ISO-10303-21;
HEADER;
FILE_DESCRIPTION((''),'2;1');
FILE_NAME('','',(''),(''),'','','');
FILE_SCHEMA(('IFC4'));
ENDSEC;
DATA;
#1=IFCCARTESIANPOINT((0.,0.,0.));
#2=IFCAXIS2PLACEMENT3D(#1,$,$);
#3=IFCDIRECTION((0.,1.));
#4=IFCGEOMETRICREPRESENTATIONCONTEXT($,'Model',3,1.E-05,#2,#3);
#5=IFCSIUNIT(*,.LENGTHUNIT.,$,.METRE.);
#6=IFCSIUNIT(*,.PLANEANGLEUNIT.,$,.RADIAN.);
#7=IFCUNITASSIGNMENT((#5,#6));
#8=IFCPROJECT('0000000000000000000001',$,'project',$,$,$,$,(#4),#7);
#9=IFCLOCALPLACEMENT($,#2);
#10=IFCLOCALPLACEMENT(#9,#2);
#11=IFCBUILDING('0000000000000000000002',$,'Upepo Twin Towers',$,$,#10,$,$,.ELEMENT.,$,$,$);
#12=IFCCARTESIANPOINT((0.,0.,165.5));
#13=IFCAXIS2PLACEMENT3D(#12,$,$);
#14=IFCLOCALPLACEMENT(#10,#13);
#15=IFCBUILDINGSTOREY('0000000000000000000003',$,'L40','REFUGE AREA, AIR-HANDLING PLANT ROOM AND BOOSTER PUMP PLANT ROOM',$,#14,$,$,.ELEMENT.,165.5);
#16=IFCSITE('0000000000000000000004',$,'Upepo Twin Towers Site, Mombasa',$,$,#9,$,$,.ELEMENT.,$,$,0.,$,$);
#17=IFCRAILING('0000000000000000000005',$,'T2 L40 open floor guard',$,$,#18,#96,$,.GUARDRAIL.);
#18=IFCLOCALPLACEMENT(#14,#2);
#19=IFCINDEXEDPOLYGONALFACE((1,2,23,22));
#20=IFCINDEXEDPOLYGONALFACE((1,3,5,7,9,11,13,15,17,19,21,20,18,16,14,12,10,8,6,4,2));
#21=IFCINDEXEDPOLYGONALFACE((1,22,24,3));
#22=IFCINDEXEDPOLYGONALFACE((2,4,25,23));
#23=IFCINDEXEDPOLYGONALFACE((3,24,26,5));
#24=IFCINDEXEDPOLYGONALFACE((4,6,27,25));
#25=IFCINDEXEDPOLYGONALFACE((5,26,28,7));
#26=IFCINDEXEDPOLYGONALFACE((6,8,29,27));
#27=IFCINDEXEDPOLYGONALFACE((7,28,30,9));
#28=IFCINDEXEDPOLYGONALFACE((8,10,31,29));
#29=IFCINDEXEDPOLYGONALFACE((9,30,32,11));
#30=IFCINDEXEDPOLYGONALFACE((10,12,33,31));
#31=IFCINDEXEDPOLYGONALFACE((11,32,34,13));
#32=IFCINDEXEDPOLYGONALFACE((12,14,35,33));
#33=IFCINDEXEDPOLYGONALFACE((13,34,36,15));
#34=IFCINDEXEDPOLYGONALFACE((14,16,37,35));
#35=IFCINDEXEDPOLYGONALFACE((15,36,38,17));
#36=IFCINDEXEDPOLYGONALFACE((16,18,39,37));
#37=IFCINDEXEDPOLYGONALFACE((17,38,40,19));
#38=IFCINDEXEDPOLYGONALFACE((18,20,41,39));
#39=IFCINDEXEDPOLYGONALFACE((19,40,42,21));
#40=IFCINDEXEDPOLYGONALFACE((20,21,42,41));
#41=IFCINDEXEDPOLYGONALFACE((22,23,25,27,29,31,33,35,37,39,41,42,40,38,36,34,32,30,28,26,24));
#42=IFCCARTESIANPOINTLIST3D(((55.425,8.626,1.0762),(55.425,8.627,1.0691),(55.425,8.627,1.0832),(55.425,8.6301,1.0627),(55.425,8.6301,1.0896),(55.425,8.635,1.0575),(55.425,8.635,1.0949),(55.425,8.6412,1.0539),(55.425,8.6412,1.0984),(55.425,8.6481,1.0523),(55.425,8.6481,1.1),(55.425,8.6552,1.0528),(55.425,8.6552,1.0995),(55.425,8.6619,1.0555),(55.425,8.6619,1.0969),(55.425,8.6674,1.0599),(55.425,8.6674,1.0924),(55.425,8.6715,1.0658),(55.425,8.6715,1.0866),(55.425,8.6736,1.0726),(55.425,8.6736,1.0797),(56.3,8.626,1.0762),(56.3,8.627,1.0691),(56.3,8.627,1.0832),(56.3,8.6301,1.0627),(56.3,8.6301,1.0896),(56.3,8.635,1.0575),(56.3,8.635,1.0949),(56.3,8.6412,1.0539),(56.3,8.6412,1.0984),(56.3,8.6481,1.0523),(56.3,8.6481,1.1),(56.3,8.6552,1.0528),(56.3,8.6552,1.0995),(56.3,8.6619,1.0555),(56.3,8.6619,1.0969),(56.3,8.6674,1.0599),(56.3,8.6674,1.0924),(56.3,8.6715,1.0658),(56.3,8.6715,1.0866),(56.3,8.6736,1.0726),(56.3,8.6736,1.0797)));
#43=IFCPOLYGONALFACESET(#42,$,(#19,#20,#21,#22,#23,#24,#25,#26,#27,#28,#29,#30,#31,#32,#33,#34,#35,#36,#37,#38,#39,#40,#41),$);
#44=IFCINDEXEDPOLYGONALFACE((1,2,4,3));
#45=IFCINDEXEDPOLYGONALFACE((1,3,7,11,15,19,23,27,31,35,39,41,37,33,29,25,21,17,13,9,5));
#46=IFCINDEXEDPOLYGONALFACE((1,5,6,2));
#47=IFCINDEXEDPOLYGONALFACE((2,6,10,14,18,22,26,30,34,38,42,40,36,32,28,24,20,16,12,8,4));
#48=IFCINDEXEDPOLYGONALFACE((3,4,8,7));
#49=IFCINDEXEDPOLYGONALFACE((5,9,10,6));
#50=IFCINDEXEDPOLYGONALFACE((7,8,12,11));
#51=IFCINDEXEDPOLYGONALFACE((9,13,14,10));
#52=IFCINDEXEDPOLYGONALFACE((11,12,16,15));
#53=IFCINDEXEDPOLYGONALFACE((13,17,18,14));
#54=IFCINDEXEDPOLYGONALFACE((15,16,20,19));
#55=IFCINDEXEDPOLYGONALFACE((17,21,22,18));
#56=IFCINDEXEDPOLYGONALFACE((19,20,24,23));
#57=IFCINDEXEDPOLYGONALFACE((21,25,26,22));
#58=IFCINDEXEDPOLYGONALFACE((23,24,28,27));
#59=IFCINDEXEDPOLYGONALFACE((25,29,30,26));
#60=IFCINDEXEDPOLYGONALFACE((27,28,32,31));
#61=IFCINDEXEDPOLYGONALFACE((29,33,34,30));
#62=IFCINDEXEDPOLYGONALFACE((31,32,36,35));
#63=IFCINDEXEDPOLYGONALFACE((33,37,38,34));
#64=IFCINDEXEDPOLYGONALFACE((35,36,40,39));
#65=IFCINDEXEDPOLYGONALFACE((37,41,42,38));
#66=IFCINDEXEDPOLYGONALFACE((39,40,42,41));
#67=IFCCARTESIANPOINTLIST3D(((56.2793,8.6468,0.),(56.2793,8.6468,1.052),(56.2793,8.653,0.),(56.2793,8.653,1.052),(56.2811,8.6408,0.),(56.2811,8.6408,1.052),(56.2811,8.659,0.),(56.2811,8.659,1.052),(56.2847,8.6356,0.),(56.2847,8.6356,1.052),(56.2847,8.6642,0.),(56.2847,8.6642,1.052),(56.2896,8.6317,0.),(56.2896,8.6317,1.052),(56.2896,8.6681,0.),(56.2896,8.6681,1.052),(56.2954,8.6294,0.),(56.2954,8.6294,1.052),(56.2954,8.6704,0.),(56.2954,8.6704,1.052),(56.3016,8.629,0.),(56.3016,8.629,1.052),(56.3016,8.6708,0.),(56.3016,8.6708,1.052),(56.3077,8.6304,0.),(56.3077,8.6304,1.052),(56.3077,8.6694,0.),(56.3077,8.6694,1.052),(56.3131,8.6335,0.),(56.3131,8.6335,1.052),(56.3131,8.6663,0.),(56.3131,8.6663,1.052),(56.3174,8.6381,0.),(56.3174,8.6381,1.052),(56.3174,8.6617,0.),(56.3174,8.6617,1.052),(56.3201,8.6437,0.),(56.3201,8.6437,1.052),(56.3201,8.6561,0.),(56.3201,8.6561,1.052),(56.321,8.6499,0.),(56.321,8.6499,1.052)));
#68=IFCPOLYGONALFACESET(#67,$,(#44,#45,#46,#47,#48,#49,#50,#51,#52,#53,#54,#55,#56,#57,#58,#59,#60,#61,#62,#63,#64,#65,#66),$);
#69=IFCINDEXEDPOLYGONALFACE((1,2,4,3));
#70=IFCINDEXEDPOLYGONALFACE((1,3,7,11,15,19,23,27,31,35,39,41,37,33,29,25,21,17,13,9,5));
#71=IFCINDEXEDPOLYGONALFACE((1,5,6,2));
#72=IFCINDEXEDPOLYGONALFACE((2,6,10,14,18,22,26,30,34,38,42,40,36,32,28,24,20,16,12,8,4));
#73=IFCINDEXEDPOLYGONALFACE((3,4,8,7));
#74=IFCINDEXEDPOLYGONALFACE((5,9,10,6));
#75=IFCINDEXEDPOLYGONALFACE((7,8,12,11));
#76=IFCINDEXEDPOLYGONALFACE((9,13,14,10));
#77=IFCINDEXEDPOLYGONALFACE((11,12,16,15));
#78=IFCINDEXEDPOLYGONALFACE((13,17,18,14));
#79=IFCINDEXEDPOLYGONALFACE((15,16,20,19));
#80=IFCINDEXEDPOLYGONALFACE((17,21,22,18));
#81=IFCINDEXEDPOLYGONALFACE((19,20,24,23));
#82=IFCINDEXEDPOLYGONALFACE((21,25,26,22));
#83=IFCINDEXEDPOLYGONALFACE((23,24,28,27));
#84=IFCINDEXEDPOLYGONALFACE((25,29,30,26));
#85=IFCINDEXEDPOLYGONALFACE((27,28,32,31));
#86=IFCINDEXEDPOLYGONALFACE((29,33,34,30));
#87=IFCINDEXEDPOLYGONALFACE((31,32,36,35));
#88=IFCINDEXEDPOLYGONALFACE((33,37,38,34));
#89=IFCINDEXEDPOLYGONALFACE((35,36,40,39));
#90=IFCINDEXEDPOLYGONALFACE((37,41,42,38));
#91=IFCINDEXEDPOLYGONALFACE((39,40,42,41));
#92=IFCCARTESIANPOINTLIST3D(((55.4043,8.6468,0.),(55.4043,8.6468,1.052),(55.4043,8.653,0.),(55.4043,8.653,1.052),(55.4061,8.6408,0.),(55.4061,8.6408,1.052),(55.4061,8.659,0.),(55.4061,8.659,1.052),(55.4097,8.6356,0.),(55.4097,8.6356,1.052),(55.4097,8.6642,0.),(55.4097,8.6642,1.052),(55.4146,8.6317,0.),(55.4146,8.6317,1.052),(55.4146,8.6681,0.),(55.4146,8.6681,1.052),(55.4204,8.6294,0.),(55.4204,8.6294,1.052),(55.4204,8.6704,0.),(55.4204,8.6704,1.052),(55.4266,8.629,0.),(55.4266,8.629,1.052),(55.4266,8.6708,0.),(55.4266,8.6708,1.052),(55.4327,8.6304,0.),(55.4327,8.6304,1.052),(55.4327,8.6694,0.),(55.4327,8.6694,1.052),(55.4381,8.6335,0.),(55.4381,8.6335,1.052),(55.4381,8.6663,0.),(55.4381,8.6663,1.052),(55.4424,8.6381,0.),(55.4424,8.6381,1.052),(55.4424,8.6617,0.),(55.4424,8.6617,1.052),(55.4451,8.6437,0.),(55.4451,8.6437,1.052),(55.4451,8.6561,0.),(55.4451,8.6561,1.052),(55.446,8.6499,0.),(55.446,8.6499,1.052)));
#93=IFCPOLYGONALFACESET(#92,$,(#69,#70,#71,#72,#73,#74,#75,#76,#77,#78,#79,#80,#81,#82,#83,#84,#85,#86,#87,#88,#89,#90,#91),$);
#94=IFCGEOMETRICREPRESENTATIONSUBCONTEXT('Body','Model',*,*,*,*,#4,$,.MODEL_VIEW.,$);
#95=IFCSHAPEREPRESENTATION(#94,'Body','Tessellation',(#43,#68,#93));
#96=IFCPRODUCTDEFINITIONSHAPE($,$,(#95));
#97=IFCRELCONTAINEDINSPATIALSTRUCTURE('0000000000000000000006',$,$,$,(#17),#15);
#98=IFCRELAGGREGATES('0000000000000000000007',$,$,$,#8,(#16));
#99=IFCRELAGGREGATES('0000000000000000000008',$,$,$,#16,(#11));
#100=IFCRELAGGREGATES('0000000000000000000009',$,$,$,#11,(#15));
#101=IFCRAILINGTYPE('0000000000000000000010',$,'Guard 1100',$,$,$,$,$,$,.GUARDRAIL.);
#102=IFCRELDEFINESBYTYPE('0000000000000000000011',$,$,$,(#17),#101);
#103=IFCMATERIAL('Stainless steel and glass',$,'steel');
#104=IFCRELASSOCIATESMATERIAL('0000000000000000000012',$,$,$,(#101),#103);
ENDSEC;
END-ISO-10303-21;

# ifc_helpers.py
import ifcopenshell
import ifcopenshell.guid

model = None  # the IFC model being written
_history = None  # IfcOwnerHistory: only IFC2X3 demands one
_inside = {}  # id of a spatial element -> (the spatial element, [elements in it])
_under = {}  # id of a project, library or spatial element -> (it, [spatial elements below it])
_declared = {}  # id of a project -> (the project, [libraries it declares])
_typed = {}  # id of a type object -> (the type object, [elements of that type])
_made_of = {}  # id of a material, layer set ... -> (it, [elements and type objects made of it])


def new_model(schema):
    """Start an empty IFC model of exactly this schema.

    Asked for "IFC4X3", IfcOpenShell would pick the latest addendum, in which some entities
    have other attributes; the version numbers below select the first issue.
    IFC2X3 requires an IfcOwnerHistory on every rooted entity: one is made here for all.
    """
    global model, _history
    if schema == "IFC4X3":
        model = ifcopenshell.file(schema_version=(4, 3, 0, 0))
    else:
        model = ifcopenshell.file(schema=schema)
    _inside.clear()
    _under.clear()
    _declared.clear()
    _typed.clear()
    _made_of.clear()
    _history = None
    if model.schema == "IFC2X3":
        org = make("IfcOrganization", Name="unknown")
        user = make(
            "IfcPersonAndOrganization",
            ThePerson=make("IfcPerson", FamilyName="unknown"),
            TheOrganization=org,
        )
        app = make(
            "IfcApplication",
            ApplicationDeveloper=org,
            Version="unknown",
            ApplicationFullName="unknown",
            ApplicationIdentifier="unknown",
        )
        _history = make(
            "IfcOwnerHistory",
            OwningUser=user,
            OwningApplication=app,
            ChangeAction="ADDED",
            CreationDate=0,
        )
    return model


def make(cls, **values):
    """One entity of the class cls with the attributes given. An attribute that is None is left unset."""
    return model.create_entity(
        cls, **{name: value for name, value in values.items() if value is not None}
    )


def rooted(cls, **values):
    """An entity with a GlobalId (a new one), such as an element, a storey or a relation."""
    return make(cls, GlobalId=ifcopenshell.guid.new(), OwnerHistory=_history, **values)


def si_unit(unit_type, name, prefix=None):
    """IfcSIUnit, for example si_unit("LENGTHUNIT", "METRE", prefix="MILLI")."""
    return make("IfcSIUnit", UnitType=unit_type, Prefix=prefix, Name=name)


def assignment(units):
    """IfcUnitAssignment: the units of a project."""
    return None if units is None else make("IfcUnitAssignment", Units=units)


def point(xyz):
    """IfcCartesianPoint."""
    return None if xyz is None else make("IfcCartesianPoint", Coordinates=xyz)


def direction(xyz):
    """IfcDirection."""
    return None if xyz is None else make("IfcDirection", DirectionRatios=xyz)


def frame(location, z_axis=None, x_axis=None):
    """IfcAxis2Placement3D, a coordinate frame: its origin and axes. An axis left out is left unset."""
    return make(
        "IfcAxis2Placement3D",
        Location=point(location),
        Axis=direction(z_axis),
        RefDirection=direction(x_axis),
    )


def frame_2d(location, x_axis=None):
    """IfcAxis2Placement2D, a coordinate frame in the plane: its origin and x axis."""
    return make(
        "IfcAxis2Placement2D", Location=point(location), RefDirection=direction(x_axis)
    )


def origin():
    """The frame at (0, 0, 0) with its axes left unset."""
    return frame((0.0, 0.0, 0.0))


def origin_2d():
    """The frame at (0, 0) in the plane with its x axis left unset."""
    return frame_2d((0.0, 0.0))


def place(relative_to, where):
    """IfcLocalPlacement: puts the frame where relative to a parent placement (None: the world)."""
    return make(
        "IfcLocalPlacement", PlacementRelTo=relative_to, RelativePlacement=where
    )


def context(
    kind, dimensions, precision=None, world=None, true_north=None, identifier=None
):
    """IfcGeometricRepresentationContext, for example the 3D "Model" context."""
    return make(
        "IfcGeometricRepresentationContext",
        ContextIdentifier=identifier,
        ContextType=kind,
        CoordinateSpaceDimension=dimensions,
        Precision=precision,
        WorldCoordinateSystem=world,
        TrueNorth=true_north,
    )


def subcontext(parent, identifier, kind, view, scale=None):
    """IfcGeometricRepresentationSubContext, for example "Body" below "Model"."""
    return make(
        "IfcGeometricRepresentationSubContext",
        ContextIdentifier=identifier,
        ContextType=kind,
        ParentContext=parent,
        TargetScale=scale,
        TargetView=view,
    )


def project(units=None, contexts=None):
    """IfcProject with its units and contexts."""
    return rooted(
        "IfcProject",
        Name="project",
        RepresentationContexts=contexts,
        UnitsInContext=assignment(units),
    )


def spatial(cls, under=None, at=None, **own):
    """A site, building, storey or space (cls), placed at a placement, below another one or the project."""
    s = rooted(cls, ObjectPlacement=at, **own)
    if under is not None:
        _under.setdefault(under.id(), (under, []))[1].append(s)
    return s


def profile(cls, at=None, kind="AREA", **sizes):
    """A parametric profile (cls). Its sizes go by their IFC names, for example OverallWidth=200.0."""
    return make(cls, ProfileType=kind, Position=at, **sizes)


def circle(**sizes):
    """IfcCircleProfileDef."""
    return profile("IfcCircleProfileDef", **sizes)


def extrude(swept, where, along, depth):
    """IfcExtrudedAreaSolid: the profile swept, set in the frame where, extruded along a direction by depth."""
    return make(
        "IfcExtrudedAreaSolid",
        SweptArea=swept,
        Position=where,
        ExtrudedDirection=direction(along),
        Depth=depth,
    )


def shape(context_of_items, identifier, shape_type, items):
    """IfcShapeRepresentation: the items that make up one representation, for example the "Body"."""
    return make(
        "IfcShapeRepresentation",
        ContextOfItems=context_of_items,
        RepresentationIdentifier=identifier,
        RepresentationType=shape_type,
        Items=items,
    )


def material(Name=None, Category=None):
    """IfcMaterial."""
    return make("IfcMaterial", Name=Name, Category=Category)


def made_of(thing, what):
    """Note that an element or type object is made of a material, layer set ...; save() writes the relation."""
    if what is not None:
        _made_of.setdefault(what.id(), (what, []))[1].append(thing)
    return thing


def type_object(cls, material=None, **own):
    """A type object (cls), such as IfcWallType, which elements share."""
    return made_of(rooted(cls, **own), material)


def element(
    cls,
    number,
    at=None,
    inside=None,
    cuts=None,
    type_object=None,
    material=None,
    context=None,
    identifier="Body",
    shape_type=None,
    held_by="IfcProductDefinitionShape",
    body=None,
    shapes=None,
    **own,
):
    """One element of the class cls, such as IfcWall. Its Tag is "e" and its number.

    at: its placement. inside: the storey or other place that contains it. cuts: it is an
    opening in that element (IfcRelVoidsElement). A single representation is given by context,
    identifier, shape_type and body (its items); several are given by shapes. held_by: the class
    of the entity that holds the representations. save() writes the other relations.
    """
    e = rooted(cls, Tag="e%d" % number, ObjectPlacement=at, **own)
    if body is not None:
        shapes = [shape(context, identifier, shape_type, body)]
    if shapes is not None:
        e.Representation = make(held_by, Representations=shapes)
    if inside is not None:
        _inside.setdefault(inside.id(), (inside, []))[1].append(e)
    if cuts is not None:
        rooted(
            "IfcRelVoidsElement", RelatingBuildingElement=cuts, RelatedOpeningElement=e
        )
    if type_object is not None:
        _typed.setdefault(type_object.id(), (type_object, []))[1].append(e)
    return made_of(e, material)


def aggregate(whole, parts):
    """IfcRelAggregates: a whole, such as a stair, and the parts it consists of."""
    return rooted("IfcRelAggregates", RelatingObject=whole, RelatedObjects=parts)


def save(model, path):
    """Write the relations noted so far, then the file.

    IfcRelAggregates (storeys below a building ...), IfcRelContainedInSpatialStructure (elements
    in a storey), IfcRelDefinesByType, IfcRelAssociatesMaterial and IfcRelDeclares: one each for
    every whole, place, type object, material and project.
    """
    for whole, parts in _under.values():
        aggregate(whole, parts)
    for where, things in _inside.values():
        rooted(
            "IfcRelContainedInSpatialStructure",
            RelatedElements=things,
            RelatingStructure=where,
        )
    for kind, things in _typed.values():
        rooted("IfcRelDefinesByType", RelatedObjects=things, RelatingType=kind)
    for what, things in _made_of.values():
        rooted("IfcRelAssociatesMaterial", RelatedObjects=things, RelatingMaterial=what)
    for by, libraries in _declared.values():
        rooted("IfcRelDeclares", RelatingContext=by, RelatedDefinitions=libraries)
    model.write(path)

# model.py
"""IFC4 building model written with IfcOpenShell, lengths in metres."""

from ifc_helpers import new_model, si_unit, direction, frame, origin, origin_2d, place, context, subcontext, project, spatial, circle, extrude, material, type_object, element, save


model = new_model("IFC4")

# Units and contexts
model_context = context("Model", 3, precision=1e-05, world=origin(), true_north=direction((0.0, 1.0)))
body_context = subcontext(model_context, "Body", "Model", "MODEL_VIEW")
ifc_project = project(units=[si_unit("LENGTHUNIT", "METRE"), si_unit("PLANEANGLEUNIT", "RADIAN")], contexts=[model_context])

# Site, building, storey
site_placement = place(None, origin())
site = spatial("IfcSite", under=ifc_project, at=site_placement, Name="Upepo Twin Towers Site, Mombasa", CompositionType="ELEMENT", RefElevation=0.0)
building_placement = place(site_placement, origin())
building = spatial("IfcBuilding", under=site, at=building_placement, Name="Upepo Twin Towers", CompositionType="ELEMENT")
storey_placement = place(building_placement, frame((0.0, 0.0, 165.5)))
storey = spatial("IfcBuildingStorey", under=building, at=storey_placement, Name="L40", Description="REFUGE AREA, AIR-HANDLING PLANT ROOM AND BOOSTER PUMP PLANT ROOM", CompositionType="ELEMENT", Elevation=165.5)

# Railing
ifc_material_1 = material(Name="Stainless steel and glass", Category="steel")
railing_type = type_object("IfcRailingType", Name="Guard 1100", PredefinedType="GUARDRAIL", material=ifc_material_1)
for number, where, name in (
    (1, (56.3, 8.6499, 0.0), "T2 L40 open floor guard"),
):
    element("IfcRailing", number, at=place(storey_placement, frame(where)), inside=storey, type_object=railing_type, Name=name, PredefinedType="GUARDRAIL", context=body_context, shape_type="SweptSolid", body=[
        extrude(circle(Radius=0.0239, at=origin_2d()), frame((0.0, 0.0, 1.0762), z_axis=(-1.0, 0.0, 0.0), x_axis=(0.0, -1.0, 0.0)), (0.0, 0.0, 1.0), 0.875),
        extrude(circle(Radius=0.021, at=origin_2d()), origin(), (0.0, 0.0, 1.0), 1.052),
        extrude(circle(Radius=0.021, at=origin_2d()), frame((-0.875, 0.0, 0.0)), (0.0, 0.0, 1.0), 1.052),
    ])

save(model, "model.ifc")
